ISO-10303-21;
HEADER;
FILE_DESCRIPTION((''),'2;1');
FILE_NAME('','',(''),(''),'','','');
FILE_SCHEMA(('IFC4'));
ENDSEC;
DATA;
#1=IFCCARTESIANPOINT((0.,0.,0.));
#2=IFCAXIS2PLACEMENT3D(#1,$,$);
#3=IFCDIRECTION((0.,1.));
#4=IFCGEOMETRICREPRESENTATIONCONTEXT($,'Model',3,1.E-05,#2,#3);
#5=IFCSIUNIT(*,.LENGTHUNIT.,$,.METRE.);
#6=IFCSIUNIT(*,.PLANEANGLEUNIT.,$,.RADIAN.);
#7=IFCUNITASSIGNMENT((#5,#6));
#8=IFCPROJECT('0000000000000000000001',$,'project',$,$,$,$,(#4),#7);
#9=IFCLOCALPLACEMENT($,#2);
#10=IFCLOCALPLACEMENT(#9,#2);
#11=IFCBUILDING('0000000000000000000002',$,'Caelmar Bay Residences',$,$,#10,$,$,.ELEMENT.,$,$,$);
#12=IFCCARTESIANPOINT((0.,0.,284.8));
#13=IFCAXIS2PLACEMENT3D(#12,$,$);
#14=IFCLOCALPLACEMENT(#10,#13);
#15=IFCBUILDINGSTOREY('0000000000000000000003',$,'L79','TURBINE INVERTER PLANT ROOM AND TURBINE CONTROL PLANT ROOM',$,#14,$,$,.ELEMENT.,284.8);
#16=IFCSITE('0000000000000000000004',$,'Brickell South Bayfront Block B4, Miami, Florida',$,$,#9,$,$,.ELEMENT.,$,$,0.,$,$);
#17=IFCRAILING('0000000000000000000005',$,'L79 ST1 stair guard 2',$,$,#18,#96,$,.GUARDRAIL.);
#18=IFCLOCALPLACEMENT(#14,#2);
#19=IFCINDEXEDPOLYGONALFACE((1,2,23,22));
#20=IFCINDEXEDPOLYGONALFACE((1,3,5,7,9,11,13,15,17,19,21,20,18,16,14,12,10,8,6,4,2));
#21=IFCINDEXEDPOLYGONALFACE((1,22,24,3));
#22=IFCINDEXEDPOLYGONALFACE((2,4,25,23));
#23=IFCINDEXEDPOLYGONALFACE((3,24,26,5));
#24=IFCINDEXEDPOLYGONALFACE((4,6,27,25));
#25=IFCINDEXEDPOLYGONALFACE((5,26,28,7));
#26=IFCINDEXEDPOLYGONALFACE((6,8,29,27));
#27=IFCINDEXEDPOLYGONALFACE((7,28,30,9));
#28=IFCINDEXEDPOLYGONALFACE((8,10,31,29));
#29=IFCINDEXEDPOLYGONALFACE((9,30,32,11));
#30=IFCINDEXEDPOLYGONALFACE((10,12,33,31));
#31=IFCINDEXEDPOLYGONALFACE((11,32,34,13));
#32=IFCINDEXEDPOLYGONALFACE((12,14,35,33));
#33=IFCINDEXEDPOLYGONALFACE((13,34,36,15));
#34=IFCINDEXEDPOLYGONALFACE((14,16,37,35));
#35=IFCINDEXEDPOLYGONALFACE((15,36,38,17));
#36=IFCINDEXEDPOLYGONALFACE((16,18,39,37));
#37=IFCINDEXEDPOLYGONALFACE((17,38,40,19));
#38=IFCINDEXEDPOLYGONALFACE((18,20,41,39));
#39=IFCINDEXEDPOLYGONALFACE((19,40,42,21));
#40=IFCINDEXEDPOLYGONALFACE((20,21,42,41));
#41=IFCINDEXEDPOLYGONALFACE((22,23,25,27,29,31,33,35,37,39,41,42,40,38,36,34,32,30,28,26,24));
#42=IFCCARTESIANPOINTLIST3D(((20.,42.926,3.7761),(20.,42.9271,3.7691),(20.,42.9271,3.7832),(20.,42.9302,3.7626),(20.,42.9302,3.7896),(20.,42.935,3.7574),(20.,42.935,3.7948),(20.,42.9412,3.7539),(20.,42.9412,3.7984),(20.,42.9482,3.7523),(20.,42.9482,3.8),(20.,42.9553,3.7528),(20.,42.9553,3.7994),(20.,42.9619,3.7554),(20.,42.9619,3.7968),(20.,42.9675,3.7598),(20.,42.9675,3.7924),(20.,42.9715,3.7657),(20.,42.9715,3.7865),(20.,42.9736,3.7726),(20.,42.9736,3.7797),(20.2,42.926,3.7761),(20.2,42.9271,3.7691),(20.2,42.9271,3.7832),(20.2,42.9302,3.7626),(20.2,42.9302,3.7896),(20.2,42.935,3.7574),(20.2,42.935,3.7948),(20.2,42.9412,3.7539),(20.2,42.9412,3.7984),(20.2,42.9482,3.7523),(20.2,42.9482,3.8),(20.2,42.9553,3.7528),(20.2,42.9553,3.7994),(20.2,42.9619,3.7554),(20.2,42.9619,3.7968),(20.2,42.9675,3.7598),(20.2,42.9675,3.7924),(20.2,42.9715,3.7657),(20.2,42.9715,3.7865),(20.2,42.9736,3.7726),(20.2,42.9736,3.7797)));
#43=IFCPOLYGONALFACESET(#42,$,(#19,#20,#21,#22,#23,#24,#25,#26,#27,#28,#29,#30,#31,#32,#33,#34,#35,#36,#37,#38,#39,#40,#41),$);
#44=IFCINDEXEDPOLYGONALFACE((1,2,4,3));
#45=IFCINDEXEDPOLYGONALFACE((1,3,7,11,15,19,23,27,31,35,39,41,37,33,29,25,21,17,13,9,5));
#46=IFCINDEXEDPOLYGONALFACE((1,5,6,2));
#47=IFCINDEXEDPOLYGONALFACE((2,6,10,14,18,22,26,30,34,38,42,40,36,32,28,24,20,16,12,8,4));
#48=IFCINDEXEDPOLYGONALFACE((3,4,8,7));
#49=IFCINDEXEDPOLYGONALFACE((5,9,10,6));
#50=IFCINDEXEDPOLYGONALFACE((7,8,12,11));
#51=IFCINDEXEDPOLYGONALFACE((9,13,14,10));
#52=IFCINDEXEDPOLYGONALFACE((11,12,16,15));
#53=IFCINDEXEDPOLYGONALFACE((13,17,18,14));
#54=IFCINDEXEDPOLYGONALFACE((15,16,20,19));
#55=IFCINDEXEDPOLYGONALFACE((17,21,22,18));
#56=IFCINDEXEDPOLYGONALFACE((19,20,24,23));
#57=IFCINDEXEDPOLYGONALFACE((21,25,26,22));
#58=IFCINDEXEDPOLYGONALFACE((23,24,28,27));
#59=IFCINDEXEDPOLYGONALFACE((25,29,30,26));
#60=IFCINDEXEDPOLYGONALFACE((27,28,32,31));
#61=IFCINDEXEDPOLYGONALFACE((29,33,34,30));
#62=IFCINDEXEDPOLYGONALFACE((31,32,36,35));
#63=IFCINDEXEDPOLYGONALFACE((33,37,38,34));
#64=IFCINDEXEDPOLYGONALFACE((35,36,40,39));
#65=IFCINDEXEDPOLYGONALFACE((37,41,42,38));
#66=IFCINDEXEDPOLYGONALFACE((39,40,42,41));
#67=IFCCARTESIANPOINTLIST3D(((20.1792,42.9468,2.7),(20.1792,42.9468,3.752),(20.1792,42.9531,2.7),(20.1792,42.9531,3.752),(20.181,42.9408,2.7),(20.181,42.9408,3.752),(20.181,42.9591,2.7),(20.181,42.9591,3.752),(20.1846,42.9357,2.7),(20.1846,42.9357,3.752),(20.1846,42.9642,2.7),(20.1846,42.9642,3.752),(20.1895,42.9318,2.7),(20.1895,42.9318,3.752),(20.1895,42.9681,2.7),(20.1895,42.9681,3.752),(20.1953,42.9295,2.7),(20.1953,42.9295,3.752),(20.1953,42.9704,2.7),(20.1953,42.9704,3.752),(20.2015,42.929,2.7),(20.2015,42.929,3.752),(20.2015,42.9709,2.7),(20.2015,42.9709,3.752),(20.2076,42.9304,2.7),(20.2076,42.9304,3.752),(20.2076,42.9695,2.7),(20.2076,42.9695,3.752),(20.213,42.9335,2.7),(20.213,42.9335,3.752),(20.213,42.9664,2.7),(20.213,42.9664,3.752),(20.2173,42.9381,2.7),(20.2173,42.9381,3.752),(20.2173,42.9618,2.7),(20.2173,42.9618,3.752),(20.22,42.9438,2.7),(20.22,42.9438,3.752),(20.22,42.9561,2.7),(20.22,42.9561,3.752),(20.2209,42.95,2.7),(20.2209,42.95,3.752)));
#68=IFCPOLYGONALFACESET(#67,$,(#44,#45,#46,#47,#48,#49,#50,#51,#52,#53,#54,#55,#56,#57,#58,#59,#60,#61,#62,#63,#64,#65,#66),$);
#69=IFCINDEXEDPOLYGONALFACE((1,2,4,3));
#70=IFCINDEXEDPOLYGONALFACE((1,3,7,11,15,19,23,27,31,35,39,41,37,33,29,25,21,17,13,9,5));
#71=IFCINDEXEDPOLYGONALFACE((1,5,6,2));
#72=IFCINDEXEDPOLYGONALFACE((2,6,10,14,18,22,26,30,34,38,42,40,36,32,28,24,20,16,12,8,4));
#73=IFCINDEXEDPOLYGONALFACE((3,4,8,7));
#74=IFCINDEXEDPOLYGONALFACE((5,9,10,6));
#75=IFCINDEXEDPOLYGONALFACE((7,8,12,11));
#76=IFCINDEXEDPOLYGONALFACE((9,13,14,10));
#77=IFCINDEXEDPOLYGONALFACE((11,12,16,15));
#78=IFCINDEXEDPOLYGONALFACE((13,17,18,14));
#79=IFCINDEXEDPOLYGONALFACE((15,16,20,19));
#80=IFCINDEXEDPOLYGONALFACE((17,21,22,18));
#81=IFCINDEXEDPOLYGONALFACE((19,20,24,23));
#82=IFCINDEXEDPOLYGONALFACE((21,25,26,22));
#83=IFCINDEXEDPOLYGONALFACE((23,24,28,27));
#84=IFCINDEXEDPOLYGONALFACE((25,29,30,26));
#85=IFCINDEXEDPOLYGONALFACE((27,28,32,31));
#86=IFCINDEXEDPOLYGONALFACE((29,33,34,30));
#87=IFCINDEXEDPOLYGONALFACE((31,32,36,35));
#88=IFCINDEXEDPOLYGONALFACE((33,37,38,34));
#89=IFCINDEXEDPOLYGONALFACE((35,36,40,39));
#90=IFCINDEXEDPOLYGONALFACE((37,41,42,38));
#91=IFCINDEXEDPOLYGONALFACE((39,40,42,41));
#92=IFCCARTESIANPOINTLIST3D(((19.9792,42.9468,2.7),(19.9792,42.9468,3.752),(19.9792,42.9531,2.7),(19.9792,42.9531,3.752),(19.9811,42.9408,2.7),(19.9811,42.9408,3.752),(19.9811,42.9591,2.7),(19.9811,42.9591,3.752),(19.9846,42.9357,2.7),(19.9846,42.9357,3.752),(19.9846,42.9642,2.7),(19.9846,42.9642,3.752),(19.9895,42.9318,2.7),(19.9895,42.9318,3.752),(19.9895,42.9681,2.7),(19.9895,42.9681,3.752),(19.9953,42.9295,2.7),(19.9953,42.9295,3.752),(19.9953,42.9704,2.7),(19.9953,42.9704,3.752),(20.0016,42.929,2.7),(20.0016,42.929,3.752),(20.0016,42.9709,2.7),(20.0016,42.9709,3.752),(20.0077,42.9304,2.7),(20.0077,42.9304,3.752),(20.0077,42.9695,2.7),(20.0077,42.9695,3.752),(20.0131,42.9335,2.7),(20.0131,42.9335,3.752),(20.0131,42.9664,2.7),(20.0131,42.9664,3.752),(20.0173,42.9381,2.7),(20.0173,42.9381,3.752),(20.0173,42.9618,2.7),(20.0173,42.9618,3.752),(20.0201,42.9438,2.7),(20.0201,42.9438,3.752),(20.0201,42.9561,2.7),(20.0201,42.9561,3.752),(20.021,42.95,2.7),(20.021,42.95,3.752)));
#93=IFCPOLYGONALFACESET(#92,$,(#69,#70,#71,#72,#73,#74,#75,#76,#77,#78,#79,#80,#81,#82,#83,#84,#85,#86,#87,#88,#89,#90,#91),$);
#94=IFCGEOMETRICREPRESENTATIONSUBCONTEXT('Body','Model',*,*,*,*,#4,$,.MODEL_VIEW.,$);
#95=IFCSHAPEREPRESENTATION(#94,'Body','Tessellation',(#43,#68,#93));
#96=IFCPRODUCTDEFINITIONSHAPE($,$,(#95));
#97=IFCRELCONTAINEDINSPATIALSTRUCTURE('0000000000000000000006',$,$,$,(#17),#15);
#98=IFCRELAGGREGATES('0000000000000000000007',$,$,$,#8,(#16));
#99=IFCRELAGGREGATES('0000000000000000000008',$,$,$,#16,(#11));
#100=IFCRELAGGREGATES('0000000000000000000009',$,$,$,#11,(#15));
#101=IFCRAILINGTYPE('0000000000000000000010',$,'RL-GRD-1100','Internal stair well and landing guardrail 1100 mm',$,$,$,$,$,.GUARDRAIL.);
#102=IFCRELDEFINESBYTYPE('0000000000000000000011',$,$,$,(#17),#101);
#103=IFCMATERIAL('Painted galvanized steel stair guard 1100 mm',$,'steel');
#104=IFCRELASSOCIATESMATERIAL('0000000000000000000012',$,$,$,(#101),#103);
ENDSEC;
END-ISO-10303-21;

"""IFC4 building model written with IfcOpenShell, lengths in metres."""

from ifc_helpers import new_model, si_unit, direction, frame, origin, origin_2d, place, context, subcontext, project, spatial, circle, extrude, material, type_object, element, save


model = new_model("IFC4")

# Units and contexts
model_context = context("Model", 3, precision=1e-05, world=origin(), true_north=direction((0.0, 1.0)))
body_context = subcontext(model_context, "Body", "Model", "MODEL_VIEW")
ifc_project = project(units=[si_unit("LENGTHUNIT", "METRE"), si_unit("PLANEANGLEUNIT", "RADIAN")], contexts=[model_context])

# Site, building, storey
site_placement = place(None, origin())
site = spatial("IfcSite", under=ifc_project, at=site_placement, Name="Brickell South Bayfront Block B4, Miami, Florida", CompositionType="ELEMENT", RefElevation=0.0)
building_placement = place(site_placement, origin())
building = spatial("IfcBuilding", under=site, at=building_placement, Name="Caelmar Bay Residences", CompositionType="ELEMENT")
storey_placement = place(building_placement, frame((0.0, 0.0, 284.8)))
storey = spatial("IfcBuildingStorey", under=building, at=storey_placement, Name="L79", Description="TURBINE INVERTER PLANT ROOM AND TURBINE CONTROL PLANT ROOM", CompositionType="ELEMENT", Elevation=284.8)

# Railing
ifc_material_1 = material(Name="Painted galvanized steel stair guard 1100 mm", Category="steel")
railing_type_1 = type_object("IfcRailingType", Name="RL-GRD-1100", Description="Internal stair well and landing guardrail 1100 mm", PredefinedType="GUARDRAIL", material=ifc_material_1)
railing_1_placement = place(storey_placement, frame((20.2, 42.95, 2.7)))
element("IfcRailing", 1, at=railing_1_placement, inside=storey, type_object=railing_type_1, Name="L79 ST1 stair guard 2", PredefinedType="GUARDRAIL", context=body_context, shape_type="SweptSolid", body=[
    extrude(circle(Radius=0.0239, at=origin_2d()), frame((0.0, 0.0, 1.0762), z_axis=(-1.0, 0.0, 0.0), x_axis=(0.0, -1.0, 0.0)), (0.0, 0.0, 1.0), 0.2),
    extrude(circle(Radius=0.021, at=origin_2d()), origin(), (0.0, 0.0, 1.0), 1.052),
    extrude(circle(Radius=0.021, at=origin_2d()), frame((-0.2, 0.0, 0.0)), (0.0, 0.0, 1.0), 1.052),
])

save(model, "model.ifc")
